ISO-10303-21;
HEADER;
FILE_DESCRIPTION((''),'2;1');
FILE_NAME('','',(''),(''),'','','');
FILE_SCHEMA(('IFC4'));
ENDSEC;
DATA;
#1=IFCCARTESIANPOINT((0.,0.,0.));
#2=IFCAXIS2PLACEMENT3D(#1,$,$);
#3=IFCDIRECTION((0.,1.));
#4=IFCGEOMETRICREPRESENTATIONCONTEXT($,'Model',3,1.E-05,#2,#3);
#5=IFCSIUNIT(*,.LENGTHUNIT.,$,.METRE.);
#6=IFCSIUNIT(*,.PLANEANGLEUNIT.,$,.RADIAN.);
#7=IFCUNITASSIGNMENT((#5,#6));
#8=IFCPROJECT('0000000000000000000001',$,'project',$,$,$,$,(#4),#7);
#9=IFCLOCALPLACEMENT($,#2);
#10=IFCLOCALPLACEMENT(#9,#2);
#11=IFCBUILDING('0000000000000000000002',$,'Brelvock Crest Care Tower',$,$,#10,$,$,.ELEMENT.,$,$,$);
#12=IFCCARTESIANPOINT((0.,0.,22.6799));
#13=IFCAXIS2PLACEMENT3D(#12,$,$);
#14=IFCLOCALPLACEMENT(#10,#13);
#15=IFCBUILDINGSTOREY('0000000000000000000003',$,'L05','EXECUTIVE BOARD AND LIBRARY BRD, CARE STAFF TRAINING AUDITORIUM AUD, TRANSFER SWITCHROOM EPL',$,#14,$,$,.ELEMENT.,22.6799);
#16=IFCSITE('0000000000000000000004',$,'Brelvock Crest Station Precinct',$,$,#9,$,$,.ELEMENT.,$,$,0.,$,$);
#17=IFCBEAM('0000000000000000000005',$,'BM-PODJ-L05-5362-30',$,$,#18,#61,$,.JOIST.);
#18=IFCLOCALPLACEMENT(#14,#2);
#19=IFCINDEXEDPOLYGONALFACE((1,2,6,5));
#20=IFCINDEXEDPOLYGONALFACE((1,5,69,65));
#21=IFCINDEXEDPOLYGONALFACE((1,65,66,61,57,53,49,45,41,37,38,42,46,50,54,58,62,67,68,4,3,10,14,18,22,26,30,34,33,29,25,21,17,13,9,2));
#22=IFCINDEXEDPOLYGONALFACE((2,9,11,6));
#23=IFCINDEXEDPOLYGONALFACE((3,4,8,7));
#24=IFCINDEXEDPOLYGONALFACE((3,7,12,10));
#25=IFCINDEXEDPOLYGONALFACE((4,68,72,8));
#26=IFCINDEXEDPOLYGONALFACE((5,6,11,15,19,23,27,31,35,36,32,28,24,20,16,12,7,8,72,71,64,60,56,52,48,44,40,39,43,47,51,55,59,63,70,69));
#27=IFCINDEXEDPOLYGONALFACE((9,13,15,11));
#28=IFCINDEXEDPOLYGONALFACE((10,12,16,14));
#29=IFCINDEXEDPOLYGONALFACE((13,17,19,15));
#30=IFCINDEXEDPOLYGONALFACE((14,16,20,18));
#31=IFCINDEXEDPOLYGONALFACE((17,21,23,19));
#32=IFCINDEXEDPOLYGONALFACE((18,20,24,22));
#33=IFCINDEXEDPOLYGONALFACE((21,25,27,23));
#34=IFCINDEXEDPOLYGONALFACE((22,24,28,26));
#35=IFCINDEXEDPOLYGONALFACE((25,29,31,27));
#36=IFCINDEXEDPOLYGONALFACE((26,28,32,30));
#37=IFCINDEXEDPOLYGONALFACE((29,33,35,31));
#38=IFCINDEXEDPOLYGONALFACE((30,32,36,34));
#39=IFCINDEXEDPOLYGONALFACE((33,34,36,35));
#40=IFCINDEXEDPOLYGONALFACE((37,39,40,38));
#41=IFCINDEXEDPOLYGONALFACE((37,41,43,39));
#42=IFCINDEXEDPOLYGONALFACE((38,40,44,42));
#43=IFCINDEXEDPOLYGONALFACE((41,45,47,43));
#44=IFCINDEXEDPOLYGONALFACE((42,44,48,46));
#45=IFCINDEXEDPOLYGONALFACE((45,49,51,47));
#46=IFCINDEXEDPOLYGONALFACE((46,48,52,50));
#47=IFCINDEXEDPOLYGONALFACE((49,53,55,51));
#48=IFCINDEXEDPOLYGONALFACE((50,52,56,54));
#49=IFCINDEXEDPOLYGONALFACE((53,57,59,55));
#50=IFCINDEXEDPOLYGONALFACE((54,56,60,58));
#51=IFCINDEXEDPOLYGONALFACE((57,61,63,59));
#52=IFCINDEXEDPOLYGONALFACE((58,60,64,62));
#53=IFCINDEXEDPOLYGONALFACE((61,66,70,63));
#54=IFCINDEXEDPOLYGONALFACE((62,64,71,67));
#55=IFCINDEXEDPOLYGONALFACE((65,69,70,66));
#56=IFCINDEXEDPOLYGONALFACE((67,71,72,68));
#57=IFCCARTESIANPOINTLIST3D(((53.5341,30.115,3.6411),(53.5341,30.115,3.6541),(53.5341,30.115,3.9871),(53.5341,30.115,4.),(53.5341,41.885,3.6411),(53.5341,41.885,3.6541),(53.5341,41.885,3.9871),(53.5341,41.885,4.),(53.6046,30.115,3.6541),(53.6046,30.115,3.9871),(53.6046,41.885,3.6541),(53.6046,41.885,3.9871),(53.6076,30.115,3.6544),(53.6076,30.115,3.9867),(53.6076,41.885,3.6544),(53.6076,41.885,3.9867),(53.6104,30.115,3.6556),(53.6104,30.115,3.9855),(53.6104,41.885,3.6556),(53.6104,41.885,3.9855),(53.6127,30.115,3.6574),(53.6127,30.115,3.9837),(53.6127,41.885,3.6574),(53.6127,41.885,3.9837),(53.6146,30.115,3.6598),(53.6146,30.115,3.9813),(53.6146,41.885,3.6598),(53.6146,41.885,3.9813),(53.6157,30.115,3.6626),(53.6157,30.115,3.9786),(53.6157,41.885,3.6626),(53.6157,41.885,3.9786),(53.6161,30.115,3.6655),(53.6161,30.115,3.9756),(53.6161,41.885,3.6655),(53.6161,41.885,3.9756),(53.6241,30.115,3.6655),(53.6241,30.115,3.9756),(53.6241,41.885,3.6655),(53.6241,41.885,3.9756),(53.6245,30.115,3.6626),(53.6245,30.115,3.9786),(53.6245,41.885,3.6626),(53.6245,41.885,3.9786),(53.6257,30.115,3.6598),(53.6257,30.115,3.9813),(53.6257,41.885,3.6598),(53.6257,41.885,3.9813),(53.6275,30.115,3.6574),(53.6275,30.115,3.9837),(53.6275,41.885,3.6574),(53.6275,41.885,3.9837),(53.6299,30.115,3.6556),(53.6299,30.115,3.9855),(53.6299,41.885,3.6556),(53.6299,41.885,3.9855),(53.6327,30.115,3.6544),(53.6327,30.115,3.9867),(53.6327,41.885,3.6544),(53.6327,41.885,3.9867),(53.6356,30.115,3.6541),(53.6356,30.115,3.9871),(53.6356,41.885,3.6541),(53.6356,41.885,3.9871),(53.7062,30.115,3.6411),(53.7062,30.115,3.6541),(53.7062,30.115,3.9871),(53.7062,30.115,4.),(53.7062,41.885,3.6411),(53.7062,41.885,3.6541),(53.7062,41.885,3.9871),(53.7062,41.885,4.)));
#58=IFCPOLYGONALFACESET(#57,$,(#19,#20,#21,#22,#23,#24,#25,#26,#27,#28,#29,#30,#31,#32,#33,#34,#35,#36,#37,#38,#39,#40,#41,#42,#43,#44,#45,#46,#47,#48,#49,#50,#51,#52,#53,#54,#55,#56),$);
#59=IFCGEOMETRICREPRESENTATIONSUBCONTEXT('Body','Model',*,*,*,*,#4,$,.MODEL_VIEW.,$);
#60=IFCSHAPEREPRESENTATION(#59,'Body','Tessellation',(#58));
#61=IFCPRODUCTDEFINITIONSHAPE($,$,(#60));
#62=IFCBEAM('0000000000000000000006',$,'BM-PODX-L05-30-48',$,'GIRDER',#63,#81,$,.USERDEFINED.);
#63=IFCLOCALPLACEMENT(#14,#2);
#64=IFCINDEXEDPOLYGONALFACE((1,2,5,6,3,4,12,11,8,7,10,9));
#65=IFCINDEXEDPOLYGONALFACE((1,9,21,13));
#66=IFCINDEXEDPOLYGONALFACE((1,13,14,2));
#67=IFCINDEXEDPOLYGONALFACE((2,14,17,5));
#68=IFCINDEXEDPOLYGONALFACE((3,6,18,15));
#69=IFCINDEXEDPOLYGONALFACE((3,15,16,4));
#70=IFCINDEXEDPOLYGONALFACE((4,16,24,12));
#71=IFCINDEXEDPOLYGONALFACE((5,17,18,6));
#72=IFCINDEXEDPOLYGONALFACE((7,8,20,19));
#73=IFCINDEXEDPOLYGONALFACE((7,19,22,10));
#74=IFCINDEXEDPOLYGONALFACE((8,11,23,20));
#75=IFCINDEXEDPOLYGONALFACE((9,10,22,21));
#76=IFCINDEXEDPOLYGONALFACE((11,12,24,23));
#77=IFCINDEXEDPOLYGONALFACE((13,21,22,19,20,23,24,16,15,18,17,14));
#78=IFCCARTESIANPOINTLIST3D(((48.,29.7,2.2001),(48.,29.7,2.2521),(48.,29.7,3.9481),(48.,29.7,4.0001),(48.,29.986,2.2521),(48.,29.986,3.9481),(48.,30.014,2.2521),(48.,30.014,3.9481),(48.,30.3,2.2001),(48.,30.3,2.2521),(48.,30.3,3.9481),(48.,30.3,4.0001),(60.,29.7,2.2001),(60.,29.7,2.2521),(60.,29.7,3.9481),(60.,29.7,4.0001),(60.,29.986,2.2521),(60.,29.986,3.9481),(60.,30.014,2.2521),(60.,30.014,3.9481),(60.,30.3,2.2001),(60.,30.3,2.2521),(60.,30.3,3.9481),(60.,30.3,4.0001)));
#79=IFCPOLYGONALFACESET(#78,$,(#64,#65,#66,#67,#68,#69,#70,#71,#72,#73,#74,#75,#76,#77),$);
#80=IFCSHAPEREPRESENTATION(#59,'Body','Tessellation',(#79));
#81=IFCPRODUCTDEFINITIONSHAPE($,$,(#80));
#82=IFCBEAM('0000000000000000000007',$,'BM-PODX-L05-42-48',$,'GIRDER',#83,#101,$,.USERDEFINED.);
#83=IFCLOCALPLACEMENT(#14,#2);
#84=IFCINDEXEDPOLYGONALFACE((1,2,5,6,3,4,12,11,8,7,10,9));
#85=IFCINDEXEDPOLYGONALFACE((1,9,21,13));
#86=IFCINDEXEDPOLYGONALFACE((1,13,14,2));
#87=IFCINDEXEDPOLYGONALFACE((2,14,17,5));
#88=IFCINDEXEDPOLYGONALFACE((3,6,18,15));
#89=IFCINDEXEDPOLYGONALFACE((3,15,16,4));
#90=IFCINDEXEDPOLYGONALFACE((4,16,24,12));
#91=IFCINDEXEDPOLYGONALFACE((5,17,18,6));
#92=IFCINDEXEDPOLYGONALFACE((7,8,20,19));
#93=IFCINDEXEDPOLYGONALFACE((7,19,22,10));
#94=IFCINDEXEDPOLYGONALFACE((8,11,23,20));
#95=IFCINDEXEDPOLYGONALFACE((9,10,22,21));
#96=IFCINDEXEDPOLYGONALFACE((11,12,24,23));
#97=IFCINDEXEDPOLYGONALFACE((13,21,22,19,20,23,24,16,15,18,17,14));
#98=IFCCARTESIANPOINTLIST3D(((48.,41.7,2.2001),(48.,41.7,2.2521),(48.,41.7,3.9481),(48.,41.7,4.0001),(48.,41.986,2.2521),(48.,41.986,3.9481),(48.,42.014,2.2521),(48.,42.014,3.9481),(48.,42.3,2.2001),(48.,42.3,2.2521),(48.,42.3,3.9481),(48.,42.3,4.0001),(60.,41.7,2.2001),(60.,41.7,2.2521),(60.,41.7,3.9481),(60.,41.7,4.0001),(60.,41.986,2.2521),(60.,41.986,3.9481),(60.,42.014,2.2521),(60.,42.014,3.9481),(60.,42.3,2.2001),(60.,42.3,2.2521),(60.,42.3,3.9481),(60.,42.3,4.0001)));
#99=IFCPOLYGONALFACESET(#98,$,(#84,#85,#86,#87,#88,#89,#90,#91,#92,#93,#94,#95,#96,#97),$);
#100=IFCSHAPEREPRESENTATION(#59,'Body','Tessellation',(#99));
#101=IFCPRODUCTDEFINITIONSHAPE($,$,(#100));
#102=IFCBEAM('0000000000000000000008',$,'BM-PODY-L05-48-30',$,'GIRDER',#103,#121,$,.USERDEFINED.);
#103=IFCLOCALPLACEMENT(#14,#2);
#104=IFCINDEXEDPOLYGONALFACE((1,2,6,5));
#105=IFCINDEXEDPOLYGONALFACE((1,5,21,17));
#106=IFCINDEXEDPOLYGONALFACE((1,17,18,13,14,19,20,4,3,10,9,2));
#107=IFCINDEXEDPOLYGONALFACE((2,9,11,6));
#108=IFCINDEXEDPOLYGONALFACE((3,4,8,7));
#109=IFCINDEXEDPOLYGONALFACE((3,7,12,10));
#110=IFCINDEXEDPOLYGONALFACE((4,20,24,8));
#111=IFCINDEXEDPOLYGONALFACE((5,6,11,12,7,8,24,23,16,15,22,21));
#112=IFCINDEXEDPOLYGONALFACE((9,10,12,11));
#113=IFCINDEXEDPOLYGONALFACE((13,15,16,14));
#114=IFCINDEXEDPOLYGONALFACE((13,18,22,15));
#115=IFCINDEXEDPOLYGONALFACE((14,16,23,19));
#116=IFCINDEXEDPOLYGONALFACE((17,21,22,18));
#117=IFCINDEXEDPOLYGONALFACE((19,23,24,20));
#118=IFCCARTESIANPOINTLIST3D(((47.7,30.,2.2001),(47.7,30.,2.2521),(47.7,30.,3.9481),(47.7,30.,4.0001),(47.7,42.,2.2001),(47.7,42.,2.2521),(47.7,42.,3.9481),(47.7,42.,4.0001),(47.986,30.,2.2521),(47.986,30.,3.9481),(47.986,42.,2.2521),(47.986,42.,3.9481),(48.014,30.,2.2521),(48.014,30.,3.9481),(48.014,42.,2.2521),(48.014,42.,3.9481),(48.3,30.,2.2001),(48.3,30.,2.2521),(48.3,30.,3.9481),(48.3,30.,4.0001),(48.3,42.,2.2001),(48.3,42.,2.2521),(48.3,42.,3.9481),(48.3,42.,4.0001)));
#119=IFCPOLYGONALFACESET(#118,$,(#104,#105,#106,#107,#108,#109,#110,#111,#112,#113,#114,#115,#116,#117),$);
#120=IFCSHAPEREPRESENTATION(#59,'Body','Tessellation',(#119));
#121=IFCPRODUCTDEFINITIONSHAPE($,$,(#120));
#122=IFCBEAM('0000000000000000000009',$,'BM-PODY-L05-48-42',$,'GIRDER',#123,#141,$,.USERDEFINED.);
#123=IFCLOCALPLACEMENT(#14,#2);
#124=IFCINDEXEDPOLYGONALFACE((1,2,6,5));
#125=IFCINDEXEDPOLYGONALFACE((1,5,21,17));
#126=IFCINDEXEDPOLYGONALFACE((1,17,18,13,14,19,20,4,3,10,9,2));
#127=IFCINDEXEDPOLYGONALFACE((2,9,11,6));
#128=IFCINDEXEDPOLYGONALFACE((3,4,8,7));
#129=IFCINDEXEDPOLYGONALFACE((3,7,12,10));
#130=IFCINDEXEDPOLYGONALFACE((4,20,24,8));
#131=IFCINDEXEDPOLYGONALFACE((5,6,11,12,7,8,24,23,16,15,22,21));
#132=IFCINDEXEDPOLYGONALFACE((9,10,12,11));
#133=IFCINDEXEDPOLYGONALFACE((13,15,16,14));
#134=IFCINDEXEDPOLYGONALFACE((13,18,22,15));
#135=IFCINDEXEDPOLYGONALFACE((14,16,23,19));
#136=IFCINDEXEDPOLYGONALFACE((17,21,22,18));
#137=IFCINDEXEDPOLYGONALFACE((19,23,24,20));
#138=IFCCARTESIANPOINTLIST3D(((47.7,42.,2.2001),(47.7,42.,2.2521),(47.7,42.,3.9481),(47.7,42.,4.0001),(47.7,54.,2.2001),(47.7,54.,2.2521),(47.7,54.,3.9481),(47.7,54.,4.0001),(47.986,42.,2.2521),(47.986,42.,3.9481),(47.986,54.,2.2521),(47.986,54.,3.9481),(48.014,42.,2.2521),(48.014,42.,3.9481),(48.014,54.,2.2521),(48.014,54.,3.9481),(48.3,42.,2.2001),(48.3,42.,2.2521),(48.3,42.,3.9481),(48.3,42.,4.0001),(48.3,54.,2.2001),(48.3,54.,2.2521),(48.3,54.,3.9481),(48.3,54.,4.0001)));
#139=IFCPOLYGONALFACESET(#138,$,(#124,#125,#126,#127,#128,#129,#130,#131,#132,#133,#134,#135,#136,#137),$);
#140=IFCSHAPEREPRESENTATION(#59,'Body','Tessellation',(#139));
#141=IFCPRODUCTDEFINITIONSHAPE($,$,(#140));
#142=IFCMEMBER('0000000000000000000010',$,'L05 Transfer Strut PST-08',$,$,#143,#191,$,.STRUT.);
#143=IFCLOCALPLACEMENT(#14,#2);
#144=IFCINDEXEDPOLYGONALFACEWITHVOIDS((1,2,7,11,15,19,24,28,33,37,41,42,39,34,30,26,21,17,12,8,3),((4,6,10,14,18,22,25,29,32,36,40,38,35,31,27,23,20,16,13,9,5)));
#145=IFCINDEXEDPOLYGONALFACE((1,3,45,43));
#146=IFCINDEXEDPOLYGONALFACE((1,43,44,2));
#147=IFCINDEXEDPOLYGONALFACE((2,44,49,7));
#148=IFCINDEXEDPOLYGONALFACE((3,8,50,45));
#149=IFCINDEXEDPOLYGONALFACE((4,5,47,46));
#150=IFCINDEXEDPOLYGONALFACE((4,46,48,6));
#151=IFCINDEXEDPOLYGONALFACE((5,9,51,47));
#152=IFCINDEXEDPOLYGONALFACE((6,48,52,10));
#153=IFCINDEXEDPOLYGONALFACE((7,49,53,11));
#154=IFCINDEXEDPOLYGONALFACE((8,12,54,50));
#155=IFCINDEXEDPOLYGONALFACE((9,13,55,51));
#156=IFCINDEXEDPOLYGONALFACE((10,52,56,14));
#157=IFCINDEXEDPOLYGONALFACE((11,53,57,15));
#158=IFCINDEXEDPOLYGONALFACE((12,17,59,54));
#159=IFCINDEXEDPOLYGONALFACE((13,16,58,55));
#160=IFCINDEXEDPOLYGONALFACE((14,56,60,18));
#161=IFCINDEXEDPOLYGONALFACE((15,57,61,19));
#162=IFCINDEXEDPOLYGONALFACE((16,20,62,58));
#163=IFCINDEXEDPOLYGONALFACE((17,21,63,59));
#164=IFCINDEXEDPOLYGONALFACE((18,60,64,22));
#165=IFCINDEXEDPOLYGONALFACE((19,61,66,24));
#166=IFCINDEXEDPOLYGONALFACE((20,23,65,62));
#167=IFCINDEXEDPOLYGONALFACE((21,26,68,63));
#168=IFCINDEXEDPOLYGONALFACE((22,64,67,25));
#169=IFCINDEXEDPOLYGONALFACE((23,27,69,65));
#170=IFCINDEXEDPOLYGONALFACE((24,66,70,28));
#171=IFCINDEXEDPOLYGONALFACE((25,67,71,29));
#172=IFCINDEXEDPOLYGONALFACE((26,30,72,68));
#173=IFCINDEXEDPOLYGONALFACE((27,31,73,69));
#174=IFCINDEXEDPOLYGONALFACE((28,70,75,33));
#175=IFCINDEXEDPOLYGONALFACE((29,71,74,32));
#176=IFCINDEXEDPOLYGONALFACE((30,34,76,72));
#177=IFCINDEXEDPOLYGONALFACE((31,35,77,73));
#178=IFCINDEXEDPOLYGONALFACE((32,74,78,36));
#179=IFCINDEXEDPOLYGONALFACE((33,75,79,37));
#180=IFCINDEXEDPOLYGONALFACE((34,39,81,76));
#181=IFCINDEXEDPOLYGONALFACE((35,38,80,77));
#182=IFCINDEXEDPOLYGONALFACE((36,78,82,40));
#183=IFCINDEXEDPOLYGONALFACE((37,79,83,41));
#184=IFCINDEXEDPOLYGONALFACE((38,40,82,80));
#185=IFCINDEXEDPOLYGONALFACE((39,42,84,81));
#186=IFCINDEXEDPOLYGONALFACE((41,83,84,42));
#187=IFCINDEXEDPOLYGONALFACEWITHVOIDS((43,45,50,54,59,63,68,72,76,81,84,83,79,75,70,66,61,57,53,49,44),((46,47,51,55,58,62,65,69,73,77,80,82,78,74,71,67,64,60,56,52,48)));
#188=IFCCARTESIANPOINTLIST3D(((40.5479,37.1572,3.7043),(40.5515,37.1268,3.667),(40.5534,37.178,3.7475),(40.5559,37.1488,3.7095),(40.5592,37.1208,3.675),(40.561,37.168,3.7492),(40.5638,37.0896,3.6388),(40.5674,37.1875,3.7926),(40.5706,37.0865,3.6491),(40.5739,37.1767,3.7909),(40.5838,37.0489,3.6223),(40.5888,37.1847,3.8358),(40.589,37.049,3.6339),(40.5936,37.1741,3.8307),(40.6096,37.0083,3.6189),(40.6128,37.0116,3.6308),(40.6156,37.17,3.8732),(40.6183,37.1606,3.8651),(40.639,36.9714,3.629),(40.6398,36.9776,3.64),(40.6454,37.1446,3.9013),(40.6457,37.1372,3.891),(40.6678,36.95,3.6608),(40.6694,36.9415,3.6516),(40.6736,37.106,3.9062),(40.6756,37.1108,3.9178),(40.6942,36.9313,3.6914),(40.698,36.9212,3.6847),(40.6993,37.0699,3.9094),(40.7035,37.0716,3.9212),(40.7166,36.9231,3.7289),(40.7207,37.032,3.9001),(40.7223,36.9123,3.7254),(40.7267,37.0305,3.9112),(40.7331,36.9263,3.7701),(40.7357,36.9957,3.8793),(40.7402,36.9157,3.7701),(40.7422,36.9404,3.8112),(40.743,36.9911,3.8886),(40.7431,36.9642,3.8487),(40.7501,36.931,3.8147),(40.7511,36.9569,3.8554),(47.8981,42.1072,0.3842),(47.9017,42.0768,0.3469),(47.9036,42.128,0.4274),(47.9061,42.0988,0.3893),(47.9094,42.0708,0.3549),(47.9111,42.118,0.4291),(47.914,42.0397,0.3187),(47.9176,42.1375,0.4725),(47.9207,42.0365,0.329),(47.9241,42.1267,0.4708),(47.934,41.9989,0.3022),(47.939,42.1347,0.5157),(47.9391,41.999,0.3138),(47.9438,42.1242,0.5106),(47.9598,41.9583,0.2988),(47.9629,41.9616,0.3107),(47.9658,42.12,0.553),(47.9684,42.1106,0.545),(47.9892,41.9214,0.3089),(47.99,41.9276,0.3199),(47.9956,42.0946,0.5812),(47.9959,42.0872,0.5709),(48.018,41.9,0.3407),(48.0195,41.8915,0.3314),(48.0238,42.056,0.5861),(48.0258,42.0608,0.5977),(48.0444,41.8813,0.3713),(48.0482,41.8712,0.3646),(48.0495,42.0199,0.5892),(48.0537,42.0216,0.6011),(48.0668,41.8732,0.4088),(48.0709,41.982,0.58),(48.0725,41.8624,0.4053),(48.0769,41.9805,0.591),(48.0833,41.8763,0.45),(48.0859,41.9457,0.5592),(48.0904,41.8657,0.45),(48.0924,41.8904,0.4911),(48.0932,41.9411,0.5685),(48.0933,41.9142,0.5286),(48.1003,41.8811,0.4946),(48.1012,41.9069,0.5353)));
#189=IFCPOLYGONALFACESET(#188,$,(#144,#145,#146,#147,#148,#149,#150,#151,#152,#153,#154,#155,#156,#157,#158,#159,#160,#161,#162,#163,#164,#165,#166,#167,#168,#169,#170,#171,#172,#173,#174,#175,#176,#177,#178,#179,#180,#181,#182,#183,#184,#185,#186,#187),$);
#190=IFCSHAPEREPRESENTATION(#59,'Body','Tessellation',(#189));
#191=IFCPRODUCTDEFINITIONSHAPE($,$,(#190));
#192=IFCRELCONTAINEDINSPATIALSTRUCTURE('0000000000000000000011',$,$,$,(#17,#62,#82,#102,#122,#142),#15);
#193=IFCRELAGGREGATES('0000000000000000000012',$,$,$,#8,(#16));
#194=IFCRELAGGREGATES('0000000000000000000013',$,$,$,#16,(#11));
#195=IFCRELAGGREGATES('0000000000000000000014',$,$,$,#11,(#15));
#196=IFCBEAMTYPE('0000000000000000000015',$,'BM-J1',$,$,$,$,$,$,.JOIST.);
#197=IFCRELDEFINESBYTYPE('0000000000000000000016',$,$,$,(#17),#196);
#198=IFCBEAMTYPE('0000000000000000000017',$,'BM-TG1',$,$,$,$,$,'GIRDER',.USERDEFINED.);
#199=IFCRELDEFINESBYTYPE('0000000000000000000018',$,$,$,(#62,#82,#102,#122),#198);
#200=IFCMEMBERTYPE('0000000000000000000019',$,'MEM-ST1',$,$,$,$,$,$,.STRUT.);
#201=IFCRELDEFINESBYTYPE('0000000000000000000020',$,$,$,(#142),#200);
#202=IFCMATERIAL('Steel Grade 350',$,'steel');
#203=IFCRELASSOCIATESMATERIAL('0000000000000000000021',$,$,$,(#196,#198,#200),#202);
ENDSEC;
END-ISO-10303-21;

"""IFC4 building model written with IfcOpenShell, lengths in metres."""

from ifc_helpers import new_model, si_unit, direction, frame, origin, origin_2d, place, context, subcontext, project, spatial, hollow_circle, i_section, extrude, source, transform, mapped, material, material_profile, profile_set, type_object, element, save


model = new_model("IFC4")

# Units and contexts
model_context = context("Model", 3, precision=1e-05, world=origin(), true_north=direction((0.0, 1.0)))
body_context = subcontext(model_context, "Body", "Model", "MODEL_VIEW")
ifc_project = project(units=[si_unit("LENGTHUNIT", "METRE"), si_unit("PLANEANGLEUNIT", "RADIAN")], contexts=[model_context])

# Site, building, storey
site_placement = place(None, origin())
site = spatial("IfcSite", under=ifc_project, at=site_placement, Name="Brelvock Crest Station Precinct", CompositionType="ELEMENT", RefElevation=0.0)
building_placement = place(site_placement, origin())
building = spatial("IfcBuilding", under=site, at=building_placement, Name="Brelvock Crest Care Tower", CompositionType="ELEMENT")
storey_placement = place(building_placement, frame((0.0, 0.0, 22.6799)))
storey = spatial("IfcBuildingStorey", under=building, at=storey_placement, Name="L05", Description="EXECUTIVE BOARD AND LIBRARY BRD, CARE STAFF TRAINING AUDITORIUM AUD, TRANSFER SWITCHROOM EPL", CompositionType="ELEMENT", Elevation=22.6799)

# Shared definitions
ifc_material_1 = material(Name="Steel Grade 350", Category="steel")

# Beams
ifc_material_profile_1 = material_profile(ifc_material_1, i_section(OverallWidth=0.1721, OverallDepth=0.3589, WebThickness=0.0081, FlangeThickness=0.0129, FilletRadius=0.0115, at=origin_2d()), Name="360UB56.7")
ifc_profile_set_1 = profile_set([ifc_material_profile_1], Name="Steel Grade 350")
beam_type_1 = type_object("IfcBeamType", Name="BM-J1", PredefinedType="JOIST", material=ifc_profile_set_1)
shared_shape_1 = source(origin(), body_context, "Body", "SweptSolid", [
    extrude(i_section(OverallWidth=0.1721, OverallDepth=0.3589, WebThickness=0.0081, FlangeThickness=0.0129, FilletRadius=0.0115, at=origin_2d()), origin(), (0.0, 0.0, 1.0), 11.77),
])
for number, where, z_axis, x_axis, name in (
    (1, (53.6201, 30.115, 3.8206), (0.0, 1.0, 0.0), (-1.0, 0.0, 0.0), "BM-PODJ-L05-5362-30"),
):
    element("IfcBeam", number, at=place(storey_placement, frame(where, z_axis=z_axis, x_axis=x_axis)), inside=storey, type_object=beam_type_1, Name=name, PredefinedType="JOIST", context=body_context, shape_type="MappedRepresentation", body=[
        mapped(shared_shape_1, transform((0.0, 0.0, 0.0), x_axis=(1.0, 0.0, 0.0), y_axis=(0.0, 1.0, 0.0), z_axis=(0.0, 0.0, 1.0), scale=1.0)),
    ])
ifc_material_profile_2 = material_profile(ifc_material_1, i_section(OverallWidth=0.6001, OverallDepth=1.8, WebThickness=0.0281, FlangeThickness=0.052, at=origin_2d()), Name="1800TG740")
ifc_profile_set_2 = profile_set([ifc_material_profile_2], Name="Steel Grade 350")
beam_type_2 = type_object("IfcBeamType", Name="BM-TG1", ElementType="GIRDER", PredefinedType="USERDEFINED", material=ifc_profile_set_2)
shared_shape_2 = source(origin(), body_context, "Body", "SweptSolid", [
    extrude(i_section(OverallWidth=0.6001, OverallDepth=1.8, WebThickness=0.0281, FlangeThickness=0.052, at=origin_2d()), origin(), (0.0, 0.0, 1.0), 12.0),
])
for number, where, z_axis, x_axis, name in (
    (2, (48.0, 30.0, 3.1001), (1.0, 0.0, 0.0), (0.0, 1.0, 0.0), "BM-PODX-L05-30-48"),
    (3, (48.0, 42.0, 3.1001), (1.0, 0.0, 0.0), (0.0, 1.0, 0.0), "BM-PODX-L05-42-48"),
    (4, (48.0, 30.0, 3.1001), (0.0, 1.0, 0.0), (-1.0, 0.0, 0.0), "BM-PODY-L05-48-30"),
    (5, (48.0, 42.0, 3.1001), (0.0, 1.0, 0.0), (-1.0, 0.0, 0.0), "BM-PODY-L05-48-42"),
):
    element("IfcBeam", number, at=place(storey_placement, frame(where, z_axis=z_axis, x_axis=x_axis)), inside=storey, type_object=beam_type_2, Name=name, ObjectType="GIRDER", PredefinedType="USERDEFINED", context=body_context, shape_type="MappedRepresentation", body=[
        mapped(shared_shape_2, transform((0.0, 0.0, 0.0), x_axis=(1.0, 0.0, 0.0), y_axis=(0.0, 1.0, 0.0), z_axis=(0.0, 0.0, 1.0), scale=1.0)),
    ])

# Member
ifc_material_profile_3 = material_profile(ifc_material_1, hollow_circle(Radius=0.1619, WallThickness=0.0127, at=origin_2d()), Name="CHS323.9x12.7")
ifc_profile_set_3 = profile_set([ifc_material_profile_3], Name="Steel Grade 350")
member_type = type_object("IfcMemberType", Name="MEM-ST1", PredefinedType="STRUT", material=ifc_profile_set_3)
shared_shape_3 = source(origin(), body_context, "Body", "SweptSolid", [
    extrude(hollow_circle(Radius=0.1619, WallThickness=0.0127, at=origin_2d()), origin(), (0.0, 0.0, 1.0), 9.4631),
])
member_placement = place(storey_placement, frame((48.0, 42.0, 0.45), z_axis=(-0.776718, -0.523083, 0.350846), x_axis=(0.558591, -0.829443, 0.0)))
element("IfcMember", 6, at=member_placement, inside=storey, type_object=member_type, Name="L05 Transfer Strut PST-08", PredefinedType="STRUT", context=body_context, shape_type="MappedRepresentation", body=[
    mapped(shared_shape_3, transform((0.0, 0.0, 0.0), x_axis=(1.0, 0.0, 0.0), y_axis=(0.0, 1.0, 0.0), z_axis=(0.0, 0.0, 1.0), scale=1.0)),
])

save(model, "model.ifc")
